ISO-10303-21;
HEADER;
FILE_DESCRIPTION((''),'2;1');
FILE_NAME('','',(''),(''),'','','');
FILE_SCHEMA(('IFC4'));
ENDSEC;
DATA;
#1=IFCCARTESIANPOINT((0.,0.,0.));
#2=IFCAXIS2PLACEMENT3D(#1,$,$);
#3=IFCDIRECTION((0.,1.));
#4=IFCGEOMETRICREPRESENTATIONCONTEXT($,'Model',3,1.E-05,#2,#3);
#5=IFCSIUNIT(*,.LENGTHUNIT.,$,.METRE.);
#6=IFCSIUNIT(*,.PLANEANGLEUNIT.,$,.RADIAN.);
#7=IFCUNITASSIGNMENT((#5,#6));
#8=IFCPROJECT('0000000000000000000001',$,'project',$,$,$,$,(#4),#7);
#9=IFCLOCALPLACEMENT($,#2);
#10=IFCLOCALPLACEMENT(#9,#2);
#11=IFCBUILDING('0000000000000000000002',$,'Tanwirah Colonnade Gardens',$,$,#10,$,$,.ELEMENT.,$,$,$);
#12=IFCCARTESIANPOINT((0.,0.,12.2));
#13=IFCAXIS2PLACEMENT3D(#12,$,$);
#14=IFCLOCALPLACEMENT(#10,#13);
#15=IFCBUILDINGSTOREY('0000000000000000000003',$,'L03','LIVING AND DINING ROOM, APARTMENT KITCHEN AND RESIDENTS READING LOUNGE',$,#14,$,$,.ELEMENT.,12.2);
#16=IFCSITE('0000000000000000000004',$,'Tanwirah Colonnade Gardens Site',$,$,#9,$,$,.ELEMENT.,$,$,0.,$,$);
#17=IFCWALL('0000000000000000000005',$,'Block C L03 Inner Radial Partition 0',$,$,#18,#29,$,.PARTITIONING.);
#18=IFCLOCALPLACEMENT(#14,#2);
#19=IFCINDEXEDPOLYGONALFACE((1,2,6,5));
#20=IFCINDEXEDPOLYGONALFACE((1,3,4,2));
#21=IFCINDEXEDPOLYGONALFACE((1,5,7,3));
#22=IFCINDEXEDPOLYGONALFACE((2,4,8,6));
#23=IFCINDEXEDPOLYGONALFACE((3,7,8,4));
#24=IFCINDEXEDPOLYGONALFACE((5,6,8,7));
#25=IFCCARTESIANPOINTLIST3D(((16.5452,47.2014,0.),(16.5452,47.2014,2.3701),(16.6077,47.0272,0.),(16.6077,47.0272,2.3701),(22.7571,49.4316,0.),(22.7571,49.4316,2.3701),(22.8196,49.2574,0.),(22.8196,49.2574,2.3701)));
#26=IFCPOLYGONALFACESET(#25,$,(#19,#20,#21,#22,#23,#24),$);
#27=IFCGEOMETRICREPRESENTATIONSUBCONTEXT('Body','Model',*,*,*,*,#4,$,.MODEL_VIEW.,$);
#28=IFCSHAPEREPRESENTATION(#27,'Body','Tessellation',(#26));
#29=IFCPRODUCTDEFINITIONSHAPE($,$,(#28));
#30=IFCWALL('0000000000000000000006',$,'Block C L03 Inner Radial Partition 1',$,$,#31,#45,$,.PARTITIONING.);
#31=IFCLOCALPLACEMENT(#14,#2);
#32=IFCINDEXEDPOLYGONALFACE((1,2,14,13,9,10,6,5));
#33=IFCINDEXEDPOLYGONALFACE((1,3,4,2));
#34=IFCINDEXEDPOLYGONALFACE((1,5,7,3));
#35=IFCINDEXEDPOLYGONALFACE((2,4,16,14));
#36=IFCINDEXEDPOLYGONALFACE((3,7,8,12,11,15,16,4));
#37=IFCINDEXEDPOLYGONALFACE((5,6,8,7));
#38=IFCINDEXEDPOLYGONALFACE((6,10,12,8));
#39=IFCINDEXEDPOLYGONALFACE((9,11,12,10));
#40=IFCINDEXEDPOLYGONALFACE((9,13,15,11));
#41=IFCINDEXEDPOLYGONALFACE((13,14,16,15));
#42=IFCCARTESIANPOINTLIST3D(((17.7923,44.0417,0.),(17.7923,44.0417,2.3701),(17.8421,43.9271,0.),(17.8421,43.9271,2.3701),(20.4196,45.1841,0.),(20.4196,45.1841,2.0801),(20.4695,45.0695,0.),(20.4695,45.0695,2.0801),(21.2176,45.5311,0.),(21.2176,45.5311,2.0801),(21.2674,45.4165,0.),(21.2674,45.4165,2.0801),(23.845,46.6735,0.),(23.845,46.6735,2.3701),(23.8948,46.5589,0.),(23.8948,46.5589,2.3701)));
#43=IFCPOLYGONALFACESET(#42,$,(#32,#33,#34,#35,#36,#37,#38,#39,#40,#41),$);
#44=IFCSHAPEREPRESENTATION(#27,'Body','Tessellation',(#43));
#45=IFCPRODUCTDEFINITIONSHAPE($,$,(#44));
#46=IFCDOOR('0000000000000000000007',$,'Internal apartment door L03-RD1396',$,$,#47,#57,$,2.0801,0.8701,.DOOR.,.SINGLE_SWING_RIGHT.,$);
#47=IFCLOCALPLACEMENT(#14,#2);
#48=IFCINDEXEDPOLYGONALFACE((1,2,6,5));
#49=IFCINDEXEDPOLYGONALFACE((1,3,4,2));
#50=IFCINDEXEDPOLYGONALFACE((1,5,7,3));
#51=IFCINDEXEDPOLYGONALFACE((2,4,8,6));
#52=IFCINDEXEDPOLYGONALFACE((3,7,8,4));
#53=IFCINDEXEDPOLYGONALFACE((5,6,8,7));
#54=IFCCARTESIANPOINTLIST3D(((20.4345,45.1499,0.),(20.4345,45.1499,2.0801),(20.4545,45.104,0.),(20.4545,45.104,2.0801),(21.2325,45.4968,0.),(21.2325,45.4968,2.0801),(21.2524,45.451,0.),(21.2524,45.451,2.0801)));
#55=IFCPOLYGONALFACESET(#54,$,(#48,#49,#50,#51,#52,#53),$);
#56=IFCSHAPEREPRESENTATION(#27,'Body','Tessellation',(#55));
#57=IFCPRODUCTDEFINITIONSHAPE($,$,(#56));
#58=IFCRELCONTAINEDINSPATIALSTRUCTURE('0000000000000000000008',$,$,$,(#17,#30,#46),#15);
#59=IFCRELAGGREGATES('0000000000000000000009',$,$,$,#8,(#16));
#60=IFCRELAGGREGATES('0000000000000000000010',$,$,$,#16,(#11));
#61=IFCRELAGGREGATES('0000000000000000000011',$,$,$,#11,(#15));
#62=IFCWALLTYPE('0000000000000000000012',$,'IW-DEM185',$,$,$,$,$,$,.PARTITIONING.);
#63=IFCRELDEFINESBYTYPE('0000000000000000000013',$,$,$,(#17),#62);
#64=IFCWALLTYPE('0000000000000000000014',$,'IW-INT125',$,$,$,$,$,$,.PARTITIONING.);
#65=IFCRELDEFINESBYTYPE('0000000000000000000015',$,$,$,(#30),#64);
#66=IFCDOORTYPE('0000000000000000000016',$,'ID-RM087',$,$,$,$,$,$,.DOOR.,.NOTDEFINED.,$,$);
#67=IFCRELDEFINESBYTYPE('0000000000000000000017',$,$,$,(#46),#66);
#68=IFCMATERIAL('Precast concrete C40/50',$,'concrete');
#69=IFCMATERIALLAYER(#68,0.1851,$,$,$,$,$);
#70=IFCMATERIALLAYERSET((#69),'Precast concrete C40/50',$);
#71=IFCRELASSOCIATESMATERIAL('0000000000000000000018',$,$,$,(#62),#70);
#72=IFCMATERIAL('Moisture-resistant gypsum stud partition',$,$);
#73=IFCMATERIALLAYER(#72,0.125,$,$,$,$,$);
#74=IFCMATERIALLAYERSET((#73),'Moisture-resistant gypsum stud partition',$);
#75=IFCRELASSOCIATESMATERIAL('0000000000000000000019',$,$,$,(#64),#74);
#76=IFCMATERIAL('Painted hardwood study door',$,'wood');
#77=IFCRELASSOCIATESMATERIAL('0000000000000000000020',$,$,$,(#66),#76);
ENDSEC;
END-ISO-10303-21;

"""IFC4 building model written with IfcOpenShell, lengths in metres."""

from ifc_helpers import new_model, si_unit, direction, frame, frame_2d, origin, place, context, subcontext, project, spatial, rectangle, extrude, material, layer, layer_set, type_object, element, fill, save


model = new_model("IFC4")

# Units and contexts
model_context = context("Model", 3, precision=1e-05, world=origin(), true_north=direction((0.0, 1.0)))
body_context = subcontext(model_context, "Body", "Model", "MODEL_VIEW")
ifc_project = project(units=[si_unit("LENGTHUNIT", "METRE"), si_unit("PLANEANGLEUNIT", "RADIAN")], contexts=[model_context])

# Site, building, storey
site_placement = place(None, origin())
site = spatial("IfcSite", under=ifc_project, at=site_placement, Name="Tanwirah Colonnade Gardens Site", CompositionType="ELEMENT", RefElevation=0.0)
building_placement = place(site_placement, origin())
building = spatial("IfcBuilding", under=site, at=building_placement, Name="Tanwirah Colonnade Gardens", CompositionType="ELEMENT")
storey_placement = place(building_placement, frame((0.0, 0.0, 12.2)))
storey = spatial("IfcBuildingStorey", under=building, at=storey_placement, Name="L03", Description="LIVING AND DINING ROOM, APARTMENT KITCHEN AND RESIDENTS READING LOUNGE", CompositionType="ELEMENT", Elevation=12.2)

# Shared definitions
ifc_material_1 = material(Name="Precast concrete C40/50", Category="concrete")

# Wall
ifc_layer_1 = layer(ifc_material_1, 0.1851)
ifc_layer_set_1 = layer_set([ifc_layer_1], Name="Precast concrete C40/50")
wall_type_1 = type_object("IfcWallType", Name="IW-DEM185", PredefinedType="PARTITIONING", material=ifc_layer_set_1)
wall_1_placement = place(storey_placement, frame((22.7883, 49.3445, 0.0), z_axis=(0.0, 0.0, 1.0), x_axis=(-0.94118, -0.337906, 0.0)))
element("IfcWall", 1, at=wall_1_placement, inside=storey, type_object=wall_type_1, Name="Block C L03 Inner Radial Partition 0", PredefinedType="PARTITIONING", context=body_context, shape_type="SweptSolid", body=[
    extrude(rectangle(XDim=6.6001, YDim=0.1851, at=frame_2d((3.3, 0.0))), origin(), (0.0, 0.0, 1.0), 2.3701),
])

# Wall, opening, door
ifc_material_2 = material(Name="Moisture-resistant gypsum stud partition")
ifc_layer_2 = layer(ifc_material_2, 0.125)
ifc_layer_set_2 = layer_set([ifc_layer_2], Name="Moisture-resistant gypsum stud partition")
wall_type_2 = type_object("IfcWallType", Name="IW-INT125", PredefinedType="PARTITIONING", material=ifc_layer_set_2)
wall_2_placement = place(storey_placement, frame((23.8699, 46.6162, 0.0), z_axis=(0.0, 0.0, 1.0), x_axis=(-0.917058, -0.398753, 0.0)))
wall_2 = element("IfcWall", 2, at=wall_2_placement, inside=storey, type_object=wall_type_2, Name="Block C L03 Inner Radial Partition 1", PredefinedType="PARTITIONING", context=body_context, shape_type="SweptSolid", body=[
    extrude(rectangle(XDim=6.6001, YDim=0.125, at=frame_2d((3.3, 0.0))), origin(), (0.0, 0.0, 1.0), 2.3701),
])
opening_1_placement = place(wall_2_placement, frame((2.865, 0.0, 0.0)))
opening_1 = element("IfcOpeningElement", 3, at=opening_1_placement, cuts=wall_2, PredefinedType="OPENING", context=body_context, shape_type="SweptSolid", body=[
    extrude(rectangle(XDim=0.8701, YDim=2.0801, at=frame_2d((0.4351, 1.04))), frame((0.0, 0.0725, 0.0), z_axis=(0.0, -1.0, 0.0), x_axis=(1.0, 0.0, 0.0)), (0.0, 0.0, 1.0), 0.145),
])
ifc_material_3 = material(Name="Painted hardwood study door", Category="wood")
door_type_1 = type_object("IfcDoorType", Name="ID-RM087", OperationType="NOTDEFINED", PredefinedType="DOOR", material=ifc_material_3)
door_1_placement = place(opening_1_placement, origin())
door_1 = element("IfcDoor", 4, at=door_1_placement, inside=storey, type_object=door_type_1, Name="Internal apartment door L03-RD1396", OperationType="SINGLE_SWING_RIGHT", OverallHeight=2.0801, OverallWidth=0.8701, PredefinedType="DOOR", context=body_context, shape_type="SweptSolid", body=[
    extrude(rectangle(XDim=0.8701, YDim=2.0801, at=frame_2d((0.4351, 1.04))), frame((0.0, 0.0249, 0.0), z_axis=(0.0, -1.0, 0.0), x_axis=(1.0, 0.0, 0.0)), (0.0, 0.0, 1.0), 0.05),
])
fill(opening_1, door_1)

save(model, "model.ifc")
